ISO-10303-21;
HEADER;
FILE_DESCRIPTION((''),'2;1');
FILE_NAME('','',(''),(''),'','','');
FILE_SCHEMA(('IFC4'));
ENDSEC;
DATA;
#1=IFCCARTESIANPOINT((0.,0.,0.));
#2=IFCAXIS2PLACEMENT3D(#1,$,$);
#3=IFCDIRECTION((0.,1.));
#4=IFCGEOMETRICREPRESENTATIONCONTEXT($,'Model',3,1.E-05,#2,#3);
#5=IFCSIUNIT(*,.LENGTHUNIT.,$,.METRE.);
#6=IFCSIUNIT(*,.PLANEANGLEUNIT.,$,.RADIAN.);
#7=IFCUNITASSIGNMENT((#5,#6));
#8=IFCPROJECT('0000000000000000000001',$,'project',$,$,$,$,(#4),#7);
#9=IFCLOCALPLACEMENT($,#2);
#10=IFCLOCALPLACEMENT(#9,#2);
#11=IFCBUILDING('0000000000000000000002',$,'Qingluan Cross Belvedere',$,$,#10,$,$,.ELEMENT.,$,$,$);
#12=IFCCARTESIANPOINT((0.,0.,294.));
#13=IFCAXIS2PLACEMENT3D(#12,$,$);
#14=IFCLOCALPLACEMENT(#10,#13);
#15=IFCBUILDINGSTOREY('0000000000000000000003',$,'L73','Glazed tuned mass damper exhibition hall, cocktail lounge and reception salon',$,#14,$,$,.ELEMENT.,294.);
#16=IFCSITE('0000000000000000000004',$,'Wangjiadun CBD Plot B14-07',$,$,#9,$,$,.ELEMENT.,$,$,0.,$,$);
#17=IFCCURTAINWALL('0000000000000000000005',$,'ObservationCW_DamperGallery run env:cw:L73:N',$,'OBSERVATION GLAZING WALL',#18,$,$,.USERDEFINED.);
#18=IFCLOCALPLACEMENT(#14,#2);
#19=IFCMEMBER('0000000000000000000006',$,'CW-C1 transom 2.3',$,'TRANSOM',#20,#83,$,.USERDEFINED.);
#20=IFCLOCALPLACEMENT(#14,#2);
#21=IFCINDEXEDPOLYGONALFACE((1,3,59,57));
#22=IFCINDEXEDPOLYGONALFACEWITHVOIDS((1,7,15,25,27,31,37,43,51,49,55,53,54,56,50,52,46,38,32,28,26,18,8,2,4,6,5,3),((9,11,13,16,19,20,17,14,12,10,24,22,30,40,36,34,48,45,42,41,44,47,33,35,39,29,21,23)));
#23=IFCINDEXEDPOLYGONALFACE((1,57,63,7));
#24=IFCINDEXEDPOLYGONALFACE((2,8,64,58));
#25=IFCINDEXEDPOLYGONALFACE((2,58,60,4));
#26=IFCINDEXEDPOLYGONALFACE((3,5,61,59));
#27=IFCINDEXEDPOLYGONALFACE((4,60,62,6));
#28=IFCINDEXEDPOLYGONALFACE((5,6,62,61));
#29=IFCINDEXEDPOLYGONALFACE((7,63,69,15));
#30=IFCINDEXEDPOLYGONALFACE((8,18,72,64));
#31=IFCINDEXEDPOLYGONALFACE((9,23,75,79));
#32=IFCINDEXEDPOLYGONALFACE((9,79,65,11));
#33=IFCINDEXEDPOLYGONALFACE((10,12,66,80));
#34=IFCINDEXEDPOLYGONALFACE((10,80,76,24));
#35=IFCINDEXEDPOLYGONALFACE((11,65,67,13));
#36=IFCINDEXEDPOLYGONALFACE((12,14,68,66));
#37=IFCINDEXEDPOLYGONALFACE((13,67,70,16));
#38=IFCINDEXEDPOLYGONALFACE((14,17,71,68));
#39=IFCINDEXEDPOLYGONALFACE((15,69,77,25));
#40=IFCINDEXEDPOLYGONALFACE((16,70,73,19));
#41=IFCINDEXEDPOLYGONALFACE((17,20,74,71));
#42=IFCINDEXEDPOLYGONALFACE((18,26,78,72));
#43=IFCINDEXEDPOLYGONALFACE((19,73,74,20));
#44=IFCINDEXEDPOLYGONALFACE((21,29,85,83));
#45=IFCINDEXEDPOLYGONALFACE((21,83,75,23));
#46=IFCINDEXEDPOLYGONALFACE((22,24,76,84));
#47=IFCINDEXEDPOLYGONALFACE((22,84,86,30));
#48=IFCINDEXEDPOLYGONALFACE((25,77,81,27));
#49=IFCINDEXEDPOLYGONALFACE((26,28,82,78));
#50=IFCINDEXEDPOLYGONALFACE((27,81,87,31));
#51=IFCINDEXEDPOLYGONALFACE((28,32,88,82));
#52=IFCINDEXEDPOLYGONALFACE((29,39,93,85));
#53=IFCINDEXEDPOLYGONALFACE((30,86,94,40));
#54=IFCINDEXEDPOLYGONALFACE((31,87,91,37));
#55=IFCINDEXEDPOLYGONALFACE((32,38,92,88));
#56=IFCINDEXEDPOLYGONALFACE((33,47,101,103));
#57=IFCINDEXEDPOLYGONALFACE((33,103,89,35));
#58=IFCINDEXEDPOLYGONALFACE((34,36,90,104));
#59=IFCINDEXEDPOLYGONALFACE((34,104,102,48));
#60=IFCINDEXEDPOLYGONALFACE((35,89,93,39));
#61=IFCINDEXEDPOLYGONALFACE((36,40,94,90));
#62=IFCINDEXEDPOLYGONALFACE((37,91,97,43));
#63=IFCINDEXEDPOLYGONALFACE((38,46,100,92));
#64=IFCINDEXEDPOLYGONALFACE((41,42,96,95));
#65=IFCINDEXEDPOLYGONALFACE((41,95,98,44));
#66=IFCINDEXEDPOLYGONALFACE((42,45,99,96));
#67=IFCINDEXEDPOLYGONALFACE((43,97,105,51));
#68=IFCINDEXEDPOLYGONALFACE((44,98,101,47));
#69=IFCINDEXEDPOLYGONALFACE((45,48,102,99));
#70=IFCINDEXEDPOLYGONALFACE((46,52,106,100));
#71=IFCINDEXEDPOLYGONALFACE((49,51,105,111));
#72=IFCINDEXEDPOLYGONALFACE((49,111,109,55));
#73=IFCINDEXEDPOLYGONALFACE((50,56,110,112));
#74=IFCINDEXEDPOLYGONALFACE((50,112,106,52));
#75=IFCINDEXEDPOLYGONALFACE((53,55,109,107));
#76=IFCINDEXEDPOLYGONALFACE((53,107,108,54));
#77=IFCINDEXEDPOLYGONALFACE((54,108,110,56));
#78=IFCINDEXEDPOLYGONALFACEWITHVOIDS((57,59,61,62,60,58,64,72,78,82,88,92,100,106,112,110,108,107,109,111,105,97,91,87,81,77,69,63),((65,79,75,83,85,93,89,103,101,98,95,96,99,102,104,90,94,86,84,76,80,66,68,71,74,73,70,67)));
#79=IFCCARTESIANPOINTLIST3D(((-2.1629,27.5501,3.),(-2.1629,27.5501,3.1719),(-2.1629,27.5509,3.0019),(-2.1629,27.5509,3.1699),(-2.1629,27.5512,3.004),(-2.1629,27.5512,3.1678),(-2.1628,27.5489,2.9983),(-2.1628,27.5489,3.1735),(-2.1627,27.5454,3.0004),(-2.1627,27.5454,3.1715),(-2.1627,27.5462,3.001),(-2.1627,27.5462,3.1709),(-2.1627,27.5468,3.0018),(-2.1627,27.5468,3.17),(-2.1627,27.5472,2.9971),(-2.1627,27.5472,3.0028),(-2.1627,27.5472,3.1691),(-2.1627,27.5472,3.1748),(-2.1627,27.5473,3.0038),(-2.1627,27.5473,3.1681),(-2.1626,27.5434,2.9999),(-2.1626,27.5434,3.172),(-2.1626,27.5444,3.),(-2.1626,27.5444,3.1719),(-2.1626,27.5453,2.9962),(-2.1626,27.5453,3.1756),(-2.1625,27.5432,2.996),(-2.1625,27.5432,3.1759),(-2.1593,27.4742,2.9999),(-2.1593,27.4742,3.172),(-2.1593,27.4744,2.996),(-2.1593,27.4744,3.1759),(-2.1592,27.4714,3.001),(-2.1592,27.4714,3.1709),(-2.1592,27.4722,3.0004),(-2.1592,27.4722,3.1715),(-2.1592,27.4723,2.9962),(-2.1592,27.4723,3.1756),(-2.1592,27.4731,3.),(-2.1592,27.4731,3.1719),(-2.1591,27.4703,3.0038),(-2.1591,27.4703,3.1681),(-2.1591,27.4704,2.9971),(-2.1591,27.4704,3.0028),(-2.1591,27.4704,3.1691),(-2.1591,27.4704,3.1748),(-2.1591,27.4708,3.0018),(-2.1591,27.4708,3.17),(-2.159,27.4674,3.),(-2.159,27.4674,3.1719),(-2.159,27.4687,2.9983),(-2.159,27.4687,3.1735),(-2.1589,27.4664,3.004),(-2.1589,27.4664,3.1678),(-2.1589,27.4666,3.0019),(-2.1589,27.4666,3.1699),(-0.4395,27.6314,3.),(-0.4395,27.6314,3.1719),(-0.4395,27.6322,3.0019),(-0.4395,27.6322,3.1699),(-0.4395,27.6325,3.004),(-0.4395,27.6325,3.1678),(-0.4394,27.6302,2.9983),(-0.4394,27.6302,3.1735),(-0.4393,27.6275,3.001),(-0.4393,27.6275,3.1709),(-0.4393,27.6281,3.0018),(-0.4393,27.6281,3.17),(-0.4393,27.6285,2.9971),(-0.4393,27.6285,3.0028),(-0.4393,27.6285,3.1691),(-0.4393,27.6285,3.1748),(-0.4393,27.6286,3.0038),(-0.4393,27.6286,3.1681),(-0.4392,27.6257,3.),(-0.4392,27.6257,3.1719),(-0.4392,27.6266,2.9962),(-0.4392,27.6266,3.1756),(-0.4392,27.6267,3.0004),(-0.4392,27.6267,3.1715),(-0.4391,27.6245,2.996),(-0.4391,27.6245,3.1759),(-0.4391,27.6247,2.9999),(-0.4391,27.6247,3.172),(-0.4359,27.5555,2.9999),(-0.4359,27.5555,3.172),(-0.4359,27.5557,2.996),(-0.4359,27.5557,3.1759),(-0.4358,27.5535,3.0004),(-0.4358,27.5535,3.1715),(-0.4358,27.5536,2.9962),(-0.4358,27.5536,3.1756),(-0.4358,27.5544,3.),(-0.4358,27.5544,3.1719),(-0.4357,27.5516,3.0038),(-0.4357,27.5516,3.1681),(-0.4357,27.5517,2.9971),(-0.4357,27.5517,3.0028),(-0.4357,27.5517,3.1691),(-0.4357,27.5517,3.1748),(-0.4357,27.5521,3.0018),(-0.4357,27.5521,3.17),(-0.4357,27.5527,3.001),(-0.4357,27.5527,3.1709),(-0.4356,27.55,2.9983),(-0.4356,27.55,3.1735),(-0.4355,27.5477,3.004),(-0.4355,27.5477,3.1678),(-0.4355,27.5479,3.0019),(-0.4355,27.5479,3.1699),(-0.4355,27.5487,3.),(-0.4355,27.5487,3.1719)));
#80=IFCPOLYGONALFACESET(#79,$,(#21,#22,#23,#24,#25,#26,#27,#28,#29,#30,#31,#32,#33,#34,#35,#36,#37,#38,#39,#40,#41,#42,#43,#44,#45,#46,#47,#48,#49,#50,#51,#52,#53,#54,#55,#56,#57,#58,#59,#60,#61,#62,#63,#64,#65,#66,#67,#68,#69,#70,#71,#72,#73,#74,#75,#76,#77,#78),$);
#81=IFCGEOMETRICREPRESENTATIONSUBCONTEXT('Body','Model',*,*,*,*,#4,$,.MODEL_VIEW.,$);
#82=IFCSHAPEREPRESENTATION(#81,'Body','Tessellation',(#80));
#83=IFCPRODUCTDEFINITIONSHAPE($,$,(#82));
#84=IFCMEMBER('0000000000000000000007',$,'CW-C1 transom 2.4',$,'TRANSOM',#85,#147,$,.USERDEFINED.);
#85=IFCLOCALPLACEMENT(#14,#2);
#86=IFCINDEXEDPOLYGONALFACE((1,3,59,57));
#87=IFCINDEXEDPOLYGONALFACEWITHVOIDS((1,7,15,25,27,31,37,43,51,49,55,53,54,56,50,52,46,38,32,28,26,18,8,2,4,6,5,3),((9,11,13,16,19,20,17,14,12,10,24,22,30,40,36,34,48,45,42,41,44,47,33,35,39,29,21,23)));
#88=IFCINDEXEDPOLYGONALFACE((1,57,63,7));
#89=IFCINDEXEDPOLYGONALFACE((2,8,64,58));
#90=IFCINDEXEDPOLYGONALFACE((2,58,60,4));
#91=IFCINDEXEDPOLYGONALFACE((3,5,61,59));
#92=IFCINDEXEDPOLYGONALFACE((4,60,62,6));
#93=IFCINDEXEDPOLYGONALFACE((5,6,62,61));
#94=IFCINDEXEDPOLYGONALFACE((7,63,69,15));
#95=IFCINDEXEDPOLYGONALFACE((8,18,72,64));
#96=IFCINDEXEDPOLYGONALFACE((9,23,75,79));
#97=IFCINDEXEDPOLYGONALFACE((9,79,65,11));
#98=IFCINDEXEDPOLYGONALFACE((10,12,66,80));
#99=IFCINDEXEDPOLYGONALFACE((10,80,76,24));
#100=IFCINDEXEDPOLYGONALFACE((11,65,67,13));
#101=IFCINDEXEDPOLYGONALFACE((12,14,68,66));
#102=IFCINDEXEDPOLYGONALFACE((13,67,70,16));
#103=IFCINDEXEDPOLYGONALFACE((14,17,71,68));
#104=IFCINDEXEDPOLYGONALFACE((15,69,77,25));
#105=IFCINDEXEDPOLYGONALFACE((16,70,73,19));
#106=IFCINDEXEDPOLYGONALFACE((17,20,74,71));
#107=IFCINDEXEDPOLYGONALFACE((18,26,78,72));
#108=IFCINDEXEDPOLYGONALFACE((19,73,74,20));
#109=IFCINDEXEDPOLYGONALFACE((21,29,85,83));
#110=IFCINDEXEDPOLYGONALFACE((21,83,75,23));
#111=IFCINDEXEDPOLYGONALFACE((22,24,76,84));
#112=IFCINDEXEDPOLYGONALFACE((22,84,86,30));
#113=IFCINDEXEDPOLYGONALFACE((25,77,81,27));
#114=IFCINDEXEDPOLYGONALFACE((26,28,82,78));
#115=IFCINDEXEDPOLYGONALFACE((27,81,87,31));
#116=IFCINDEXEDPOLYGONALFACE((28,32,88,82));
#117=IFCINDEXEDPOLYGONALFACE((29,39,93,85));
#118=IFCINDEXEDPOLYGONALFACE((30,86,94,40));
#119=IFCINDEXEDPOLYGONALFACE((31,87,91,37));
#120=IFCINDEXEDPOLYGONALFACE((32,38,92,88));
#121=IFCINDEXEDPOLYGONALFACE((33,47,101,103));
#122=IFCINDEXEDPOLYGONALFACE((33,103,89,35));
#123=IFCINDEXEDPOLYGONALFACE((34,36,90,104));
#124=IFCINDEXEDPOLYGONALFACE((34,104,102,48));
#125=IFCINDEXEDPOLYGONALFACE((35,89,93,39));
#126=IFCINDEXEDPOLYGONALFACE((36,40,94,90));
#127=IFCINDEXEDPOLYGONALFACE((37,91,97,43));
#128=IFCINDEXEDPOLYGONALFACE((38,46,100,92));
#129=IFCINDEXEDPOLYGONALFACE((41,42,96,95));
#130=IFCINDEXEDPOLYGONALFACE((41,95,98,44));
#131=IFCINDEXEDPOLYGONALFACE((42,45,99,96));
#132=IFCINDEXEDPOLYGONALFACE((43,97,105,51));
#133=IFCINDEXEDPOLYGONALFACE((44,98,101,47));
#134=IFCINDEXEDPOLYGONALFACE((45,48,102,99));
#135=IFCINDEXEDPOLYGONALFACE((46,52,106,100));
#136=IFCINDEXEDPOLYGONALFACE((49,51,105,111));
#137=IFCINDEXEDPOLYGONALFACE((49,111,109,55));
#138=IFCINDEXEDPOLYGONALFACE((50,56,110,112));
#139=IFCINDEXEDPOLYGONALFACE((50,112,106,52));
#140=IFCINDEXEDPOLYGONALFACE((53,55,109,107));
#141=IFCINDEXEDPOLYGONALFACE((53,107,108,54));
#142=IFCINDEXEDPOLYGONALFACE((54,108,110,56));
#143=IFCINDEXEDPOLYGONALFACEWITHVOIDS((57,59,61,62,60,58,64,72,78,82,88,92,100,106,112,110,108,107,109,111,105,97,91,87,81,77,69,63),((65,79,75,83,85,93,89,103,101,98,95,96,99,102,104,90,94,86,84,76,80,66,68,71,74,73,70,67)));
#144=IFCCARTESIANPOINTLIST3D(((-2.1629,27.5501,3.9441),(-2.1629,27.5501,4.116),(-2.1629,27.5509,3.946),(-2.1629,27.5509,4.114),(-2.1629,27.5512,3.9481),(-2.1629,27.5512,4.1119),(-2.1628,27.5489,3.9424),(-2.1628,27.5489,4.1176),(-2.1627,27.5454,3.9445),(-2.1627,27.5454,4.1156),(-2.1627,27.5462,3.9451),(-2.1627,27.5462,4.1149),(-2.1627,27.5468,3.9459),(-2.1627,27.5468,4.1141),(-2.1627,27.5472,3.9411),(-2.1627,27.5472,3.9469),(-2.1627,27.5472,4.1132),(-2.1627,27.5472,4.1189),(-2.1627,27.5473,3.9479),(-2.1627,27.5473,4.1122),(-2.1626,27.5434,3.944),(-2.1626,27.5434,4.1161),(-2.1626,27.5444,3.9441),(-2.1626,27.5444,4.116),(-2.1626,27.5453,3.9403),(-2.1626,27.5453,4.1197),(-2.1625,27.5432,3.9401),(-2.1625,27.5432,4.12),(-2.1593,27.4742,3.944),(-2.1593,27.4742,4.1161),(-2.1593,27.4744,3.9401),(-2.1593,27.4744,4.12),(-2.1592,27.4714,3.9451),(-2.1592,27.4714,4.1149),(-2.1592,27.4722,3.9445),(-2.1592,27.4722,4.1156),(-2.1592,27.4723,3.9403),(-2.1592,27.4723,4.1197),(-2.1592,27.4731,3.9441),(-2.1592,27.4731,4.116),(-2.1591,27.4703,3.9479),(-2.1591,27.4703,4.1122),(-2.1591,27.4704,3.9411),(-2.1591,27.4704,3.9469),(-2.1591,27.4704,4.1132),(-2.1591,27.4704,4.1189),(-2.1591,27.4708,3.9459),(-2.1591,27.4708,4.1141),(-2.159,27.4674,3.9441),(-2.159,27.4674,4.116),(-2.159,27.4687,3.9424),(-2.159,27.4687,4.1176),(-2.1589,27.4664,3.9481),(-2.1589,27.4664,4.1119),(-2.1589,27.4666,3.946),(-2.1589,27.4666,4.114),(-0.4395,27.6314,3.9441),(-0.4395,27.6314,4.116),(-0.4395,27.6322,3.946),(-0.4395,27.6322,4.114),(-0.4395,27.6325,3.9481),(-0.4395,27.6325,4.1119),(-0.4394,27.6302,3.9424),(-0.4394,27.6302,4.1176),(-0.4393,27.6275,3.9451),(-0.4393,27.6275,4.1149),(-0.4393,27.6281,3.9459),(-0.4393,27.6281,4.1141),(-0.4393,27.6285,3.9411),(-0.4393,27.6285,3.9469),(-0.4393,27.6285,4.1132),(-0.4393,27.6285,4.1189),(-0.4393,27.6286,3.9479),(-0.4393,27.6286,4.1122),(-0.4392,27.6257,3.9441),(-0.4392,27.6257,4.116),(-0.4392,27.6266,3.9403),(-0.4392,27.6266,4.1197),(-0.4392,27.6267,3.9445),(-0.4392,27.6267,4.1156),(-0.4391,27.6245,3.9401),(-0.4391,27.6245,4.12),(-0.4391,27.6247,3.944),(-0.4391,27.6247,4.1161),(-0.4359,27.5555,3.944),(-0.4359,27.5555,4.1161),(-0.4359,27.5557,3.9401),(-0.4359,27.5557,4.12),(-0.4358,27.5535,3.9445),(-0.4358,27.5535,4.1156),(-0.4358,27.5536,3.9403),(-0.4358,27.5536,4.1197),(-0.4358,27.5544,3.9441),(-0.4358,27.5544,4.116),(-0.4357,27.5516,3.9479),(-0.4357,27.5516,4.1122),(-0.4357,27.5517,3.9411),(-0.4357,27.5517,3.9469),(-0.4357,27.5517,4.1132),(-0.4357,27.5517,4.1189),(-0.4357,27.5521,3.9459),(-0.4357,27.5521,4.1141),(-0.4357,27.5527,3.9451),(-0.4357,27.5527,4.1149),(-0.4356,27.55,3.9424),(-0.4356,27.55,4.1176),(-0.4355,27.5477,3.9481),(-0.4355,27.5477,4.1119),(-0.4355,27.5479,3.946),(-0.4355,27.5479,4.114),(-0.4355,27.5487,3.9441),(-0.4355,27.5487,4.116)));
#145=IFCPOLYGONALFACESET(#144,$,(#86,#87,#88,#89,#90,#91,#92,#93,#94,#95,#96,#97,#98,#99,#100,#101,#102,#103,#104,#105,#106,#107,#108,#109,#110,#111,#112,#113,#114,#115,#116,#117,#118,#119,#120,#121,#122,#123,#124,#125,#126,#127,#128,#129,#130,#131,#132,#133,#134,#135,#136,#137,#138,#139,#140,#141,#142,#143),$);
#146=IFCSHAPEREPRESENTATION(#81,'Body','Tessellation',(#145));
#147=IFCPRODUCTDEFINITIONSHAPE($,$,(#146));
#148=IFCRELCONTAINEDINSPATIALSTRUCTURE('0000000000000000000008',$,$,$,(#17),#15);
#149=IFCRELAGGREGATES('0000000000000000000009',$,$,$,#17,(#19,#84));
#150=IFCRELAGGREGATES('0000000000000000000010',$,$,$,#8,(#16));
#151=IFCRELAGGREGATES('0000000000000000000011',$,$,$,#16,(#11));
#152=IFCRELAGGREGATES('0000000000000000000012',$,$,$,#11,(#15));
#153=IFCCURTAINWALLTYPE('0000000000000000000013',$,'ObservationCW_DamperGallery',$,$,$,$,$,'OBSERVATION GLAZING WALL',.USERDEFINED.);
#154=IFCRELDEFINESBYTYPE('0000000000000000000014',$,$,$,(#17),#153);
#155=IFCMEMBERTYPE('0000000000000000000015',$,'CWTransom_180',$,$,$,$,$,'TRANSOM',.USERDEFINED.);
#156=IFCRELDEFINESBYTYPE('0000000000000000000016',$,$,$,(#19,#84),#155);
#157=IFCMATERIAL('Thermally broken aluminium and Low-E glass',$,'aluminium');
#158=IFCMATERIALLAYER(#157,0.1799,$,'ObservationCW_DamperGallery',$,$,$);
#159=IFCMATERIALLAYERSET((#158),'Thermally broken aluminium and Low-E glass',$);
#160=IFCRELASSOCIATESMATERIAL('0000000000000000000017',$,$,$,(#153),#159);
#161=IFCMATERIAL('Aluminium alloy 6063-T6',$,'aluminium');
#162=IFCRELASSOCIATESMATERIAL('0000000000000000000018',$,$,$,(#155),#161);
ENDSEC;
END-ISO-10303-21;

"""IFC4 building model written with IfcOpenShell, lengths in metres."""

from ifc_helpers import new_model, si_unit, direction, frame, origin, origin_2d, place, context, subcontext, project, spatial, hollow_rectangle, extrude, material, layer, layer_set, material_profile, profile_set, type_object, element, aggregate, save


model = new_model("IFC4")

# Units and contexts
model_context = context("Model", 3, precision=1e-05, world=origin(), true_north=direction((0.0, 1.0)))
body_context = subcontext(model_context, "Body", "Model", "MODEL_VIEW")
ifc_project = project(units=[si_unit("LENGTHUNIT", "METRE"), si_unit("PLANEANGLEUNIT", "RADIAN")], contexts=[model_context])

# Site, building, storey
site_placement = place(None, origin())
site = spatial("IfcSite", under=ifc_project, at=site_placement, Name="Wangjiadun CBD Plot B14-07", CompositionType="ELEMENT", RefElevation=0.0)
building_placement = place(site_placement, origin())
building = spatial("IfcBuilding", under=site, at=building_placement, Name="Qingluan Cross Belvedere", CompositionType="ELEMENT")
storey_placement = place(building_placement, frame((0.0, 0.0, 294.0)))
storey = spatial("IfcBuildingStorey", under=building, at=storey_placement, Name="L73", Description="Glazed tuned mass damper exhibition hall, cocktail lounge and reception salon", CompositionType="ELEMENT", Elevation=294.0)

# Curtain wall, members
ifc_material_1 = material(Name="Thermally broken aluminium and Low-E glass", Category="aluminium")
ifc_layer_1 = layer(ifc_material_1, 0.1799, Name="ObservationCW_DamperGallery")
ifc_layer_set_1 = layer_set([ifc_layer_1], Name="Thermally broken aluminium and Low-E glass")
curtain_wall_type = type_object("IfcCurtainWallType", Name="ObservationCW_DamperGallery", ElementType="OBSERVATION GLAZING WALL", PredefinedType="USERDEFINED", material=ifc_layer_set_1)
curtain_wall_placement = place(storey_placement, origin())
curtain_wall = element("IfcCurtainWall", 1, at=curtain_wall_placement, inside=storey, type_object=curtain_wall_type, Name="ObservationCW_DamperGallery run env:cw:L73:N", ObjectType="OBSERVATION GLAZING WALL", PredefinedType="USERDEFINED")
ifc_material_2 = material(Name="Aluminium alloy 6063-T6", Category="aluminium")
ifc_material_profile_1 = material_profile(ifc_material_2, hollow_rectangle(XDim=0.085, YDim=0.1799, WallThickness=0.0039, InnerFilletRadius=0.0039, OuterFilletRadius=0.0081, at=origin_2d()), Name="CWT180x85x4")
ifc_profile_set_1 = profile_set([ifc_material_profile_1], Name="Aluminium alloy 6063-T6")
member_type_1 = type_object("IfcMemberType", Name="CWTransom_180", ElementType="TRANSOM", PredefinedType="USERDEFINED", material=ifc_profile_set_1)
member_1_placement = place(storey_placement, frame((-0.4375, 27.5901, 3.0859), z_axis=(-0.998889, -0.047121, 0.0), x_axis=(0.047121, -0.998889, 0.0)))
member_1 = element("IfcMember", 2, at=member_1_placement, type_object=member_type_1, Name="CW-C1 transom 2.3", ObjectType="TRANSOM", PredefinedType="USERDEFINED", context=body_context, shape_type="SweptSolid", body=[
    extrude(hollow_rectangle(XDim=0.085, YDim=0.1799, WallThickness=0.0039, InnerFilletRadius=0.0039, OuterFilletRadius=0.0081, at=origin_2d()), origin(), (0.0, 0.0, 1.0), 1.7253),
])
member_2_placement = place(storey_placement, frame((-0.4375, 27.5901, 4.03), z_axis=(-0.998889, -0.047121, 0.0), x_axis=(0.047121, -0.998889, 0.0)))
member_2 = element("IfcMember", 3, at=member_2_placement, type_object=member_type_1, Name="CW-C1 transom 2.4", ObjectType="TRANSOM", PredefinedType="USERDEFINED", context=body_context, shape_type="SweptSolid", body=[
    extrude(hollow_rectangle(XDim=0.085, YDim=0.1799, WallThickness=0.0039, InnerFilletRadius=0.0039, OuterFilletRadius=0.0081, at=origin_2d()), origin(), (0.0, 0.0, 1.0), 1.7253),
])

aggregate(curtain_wall, [member_1, member_2])

save(model, "model.ifc")
